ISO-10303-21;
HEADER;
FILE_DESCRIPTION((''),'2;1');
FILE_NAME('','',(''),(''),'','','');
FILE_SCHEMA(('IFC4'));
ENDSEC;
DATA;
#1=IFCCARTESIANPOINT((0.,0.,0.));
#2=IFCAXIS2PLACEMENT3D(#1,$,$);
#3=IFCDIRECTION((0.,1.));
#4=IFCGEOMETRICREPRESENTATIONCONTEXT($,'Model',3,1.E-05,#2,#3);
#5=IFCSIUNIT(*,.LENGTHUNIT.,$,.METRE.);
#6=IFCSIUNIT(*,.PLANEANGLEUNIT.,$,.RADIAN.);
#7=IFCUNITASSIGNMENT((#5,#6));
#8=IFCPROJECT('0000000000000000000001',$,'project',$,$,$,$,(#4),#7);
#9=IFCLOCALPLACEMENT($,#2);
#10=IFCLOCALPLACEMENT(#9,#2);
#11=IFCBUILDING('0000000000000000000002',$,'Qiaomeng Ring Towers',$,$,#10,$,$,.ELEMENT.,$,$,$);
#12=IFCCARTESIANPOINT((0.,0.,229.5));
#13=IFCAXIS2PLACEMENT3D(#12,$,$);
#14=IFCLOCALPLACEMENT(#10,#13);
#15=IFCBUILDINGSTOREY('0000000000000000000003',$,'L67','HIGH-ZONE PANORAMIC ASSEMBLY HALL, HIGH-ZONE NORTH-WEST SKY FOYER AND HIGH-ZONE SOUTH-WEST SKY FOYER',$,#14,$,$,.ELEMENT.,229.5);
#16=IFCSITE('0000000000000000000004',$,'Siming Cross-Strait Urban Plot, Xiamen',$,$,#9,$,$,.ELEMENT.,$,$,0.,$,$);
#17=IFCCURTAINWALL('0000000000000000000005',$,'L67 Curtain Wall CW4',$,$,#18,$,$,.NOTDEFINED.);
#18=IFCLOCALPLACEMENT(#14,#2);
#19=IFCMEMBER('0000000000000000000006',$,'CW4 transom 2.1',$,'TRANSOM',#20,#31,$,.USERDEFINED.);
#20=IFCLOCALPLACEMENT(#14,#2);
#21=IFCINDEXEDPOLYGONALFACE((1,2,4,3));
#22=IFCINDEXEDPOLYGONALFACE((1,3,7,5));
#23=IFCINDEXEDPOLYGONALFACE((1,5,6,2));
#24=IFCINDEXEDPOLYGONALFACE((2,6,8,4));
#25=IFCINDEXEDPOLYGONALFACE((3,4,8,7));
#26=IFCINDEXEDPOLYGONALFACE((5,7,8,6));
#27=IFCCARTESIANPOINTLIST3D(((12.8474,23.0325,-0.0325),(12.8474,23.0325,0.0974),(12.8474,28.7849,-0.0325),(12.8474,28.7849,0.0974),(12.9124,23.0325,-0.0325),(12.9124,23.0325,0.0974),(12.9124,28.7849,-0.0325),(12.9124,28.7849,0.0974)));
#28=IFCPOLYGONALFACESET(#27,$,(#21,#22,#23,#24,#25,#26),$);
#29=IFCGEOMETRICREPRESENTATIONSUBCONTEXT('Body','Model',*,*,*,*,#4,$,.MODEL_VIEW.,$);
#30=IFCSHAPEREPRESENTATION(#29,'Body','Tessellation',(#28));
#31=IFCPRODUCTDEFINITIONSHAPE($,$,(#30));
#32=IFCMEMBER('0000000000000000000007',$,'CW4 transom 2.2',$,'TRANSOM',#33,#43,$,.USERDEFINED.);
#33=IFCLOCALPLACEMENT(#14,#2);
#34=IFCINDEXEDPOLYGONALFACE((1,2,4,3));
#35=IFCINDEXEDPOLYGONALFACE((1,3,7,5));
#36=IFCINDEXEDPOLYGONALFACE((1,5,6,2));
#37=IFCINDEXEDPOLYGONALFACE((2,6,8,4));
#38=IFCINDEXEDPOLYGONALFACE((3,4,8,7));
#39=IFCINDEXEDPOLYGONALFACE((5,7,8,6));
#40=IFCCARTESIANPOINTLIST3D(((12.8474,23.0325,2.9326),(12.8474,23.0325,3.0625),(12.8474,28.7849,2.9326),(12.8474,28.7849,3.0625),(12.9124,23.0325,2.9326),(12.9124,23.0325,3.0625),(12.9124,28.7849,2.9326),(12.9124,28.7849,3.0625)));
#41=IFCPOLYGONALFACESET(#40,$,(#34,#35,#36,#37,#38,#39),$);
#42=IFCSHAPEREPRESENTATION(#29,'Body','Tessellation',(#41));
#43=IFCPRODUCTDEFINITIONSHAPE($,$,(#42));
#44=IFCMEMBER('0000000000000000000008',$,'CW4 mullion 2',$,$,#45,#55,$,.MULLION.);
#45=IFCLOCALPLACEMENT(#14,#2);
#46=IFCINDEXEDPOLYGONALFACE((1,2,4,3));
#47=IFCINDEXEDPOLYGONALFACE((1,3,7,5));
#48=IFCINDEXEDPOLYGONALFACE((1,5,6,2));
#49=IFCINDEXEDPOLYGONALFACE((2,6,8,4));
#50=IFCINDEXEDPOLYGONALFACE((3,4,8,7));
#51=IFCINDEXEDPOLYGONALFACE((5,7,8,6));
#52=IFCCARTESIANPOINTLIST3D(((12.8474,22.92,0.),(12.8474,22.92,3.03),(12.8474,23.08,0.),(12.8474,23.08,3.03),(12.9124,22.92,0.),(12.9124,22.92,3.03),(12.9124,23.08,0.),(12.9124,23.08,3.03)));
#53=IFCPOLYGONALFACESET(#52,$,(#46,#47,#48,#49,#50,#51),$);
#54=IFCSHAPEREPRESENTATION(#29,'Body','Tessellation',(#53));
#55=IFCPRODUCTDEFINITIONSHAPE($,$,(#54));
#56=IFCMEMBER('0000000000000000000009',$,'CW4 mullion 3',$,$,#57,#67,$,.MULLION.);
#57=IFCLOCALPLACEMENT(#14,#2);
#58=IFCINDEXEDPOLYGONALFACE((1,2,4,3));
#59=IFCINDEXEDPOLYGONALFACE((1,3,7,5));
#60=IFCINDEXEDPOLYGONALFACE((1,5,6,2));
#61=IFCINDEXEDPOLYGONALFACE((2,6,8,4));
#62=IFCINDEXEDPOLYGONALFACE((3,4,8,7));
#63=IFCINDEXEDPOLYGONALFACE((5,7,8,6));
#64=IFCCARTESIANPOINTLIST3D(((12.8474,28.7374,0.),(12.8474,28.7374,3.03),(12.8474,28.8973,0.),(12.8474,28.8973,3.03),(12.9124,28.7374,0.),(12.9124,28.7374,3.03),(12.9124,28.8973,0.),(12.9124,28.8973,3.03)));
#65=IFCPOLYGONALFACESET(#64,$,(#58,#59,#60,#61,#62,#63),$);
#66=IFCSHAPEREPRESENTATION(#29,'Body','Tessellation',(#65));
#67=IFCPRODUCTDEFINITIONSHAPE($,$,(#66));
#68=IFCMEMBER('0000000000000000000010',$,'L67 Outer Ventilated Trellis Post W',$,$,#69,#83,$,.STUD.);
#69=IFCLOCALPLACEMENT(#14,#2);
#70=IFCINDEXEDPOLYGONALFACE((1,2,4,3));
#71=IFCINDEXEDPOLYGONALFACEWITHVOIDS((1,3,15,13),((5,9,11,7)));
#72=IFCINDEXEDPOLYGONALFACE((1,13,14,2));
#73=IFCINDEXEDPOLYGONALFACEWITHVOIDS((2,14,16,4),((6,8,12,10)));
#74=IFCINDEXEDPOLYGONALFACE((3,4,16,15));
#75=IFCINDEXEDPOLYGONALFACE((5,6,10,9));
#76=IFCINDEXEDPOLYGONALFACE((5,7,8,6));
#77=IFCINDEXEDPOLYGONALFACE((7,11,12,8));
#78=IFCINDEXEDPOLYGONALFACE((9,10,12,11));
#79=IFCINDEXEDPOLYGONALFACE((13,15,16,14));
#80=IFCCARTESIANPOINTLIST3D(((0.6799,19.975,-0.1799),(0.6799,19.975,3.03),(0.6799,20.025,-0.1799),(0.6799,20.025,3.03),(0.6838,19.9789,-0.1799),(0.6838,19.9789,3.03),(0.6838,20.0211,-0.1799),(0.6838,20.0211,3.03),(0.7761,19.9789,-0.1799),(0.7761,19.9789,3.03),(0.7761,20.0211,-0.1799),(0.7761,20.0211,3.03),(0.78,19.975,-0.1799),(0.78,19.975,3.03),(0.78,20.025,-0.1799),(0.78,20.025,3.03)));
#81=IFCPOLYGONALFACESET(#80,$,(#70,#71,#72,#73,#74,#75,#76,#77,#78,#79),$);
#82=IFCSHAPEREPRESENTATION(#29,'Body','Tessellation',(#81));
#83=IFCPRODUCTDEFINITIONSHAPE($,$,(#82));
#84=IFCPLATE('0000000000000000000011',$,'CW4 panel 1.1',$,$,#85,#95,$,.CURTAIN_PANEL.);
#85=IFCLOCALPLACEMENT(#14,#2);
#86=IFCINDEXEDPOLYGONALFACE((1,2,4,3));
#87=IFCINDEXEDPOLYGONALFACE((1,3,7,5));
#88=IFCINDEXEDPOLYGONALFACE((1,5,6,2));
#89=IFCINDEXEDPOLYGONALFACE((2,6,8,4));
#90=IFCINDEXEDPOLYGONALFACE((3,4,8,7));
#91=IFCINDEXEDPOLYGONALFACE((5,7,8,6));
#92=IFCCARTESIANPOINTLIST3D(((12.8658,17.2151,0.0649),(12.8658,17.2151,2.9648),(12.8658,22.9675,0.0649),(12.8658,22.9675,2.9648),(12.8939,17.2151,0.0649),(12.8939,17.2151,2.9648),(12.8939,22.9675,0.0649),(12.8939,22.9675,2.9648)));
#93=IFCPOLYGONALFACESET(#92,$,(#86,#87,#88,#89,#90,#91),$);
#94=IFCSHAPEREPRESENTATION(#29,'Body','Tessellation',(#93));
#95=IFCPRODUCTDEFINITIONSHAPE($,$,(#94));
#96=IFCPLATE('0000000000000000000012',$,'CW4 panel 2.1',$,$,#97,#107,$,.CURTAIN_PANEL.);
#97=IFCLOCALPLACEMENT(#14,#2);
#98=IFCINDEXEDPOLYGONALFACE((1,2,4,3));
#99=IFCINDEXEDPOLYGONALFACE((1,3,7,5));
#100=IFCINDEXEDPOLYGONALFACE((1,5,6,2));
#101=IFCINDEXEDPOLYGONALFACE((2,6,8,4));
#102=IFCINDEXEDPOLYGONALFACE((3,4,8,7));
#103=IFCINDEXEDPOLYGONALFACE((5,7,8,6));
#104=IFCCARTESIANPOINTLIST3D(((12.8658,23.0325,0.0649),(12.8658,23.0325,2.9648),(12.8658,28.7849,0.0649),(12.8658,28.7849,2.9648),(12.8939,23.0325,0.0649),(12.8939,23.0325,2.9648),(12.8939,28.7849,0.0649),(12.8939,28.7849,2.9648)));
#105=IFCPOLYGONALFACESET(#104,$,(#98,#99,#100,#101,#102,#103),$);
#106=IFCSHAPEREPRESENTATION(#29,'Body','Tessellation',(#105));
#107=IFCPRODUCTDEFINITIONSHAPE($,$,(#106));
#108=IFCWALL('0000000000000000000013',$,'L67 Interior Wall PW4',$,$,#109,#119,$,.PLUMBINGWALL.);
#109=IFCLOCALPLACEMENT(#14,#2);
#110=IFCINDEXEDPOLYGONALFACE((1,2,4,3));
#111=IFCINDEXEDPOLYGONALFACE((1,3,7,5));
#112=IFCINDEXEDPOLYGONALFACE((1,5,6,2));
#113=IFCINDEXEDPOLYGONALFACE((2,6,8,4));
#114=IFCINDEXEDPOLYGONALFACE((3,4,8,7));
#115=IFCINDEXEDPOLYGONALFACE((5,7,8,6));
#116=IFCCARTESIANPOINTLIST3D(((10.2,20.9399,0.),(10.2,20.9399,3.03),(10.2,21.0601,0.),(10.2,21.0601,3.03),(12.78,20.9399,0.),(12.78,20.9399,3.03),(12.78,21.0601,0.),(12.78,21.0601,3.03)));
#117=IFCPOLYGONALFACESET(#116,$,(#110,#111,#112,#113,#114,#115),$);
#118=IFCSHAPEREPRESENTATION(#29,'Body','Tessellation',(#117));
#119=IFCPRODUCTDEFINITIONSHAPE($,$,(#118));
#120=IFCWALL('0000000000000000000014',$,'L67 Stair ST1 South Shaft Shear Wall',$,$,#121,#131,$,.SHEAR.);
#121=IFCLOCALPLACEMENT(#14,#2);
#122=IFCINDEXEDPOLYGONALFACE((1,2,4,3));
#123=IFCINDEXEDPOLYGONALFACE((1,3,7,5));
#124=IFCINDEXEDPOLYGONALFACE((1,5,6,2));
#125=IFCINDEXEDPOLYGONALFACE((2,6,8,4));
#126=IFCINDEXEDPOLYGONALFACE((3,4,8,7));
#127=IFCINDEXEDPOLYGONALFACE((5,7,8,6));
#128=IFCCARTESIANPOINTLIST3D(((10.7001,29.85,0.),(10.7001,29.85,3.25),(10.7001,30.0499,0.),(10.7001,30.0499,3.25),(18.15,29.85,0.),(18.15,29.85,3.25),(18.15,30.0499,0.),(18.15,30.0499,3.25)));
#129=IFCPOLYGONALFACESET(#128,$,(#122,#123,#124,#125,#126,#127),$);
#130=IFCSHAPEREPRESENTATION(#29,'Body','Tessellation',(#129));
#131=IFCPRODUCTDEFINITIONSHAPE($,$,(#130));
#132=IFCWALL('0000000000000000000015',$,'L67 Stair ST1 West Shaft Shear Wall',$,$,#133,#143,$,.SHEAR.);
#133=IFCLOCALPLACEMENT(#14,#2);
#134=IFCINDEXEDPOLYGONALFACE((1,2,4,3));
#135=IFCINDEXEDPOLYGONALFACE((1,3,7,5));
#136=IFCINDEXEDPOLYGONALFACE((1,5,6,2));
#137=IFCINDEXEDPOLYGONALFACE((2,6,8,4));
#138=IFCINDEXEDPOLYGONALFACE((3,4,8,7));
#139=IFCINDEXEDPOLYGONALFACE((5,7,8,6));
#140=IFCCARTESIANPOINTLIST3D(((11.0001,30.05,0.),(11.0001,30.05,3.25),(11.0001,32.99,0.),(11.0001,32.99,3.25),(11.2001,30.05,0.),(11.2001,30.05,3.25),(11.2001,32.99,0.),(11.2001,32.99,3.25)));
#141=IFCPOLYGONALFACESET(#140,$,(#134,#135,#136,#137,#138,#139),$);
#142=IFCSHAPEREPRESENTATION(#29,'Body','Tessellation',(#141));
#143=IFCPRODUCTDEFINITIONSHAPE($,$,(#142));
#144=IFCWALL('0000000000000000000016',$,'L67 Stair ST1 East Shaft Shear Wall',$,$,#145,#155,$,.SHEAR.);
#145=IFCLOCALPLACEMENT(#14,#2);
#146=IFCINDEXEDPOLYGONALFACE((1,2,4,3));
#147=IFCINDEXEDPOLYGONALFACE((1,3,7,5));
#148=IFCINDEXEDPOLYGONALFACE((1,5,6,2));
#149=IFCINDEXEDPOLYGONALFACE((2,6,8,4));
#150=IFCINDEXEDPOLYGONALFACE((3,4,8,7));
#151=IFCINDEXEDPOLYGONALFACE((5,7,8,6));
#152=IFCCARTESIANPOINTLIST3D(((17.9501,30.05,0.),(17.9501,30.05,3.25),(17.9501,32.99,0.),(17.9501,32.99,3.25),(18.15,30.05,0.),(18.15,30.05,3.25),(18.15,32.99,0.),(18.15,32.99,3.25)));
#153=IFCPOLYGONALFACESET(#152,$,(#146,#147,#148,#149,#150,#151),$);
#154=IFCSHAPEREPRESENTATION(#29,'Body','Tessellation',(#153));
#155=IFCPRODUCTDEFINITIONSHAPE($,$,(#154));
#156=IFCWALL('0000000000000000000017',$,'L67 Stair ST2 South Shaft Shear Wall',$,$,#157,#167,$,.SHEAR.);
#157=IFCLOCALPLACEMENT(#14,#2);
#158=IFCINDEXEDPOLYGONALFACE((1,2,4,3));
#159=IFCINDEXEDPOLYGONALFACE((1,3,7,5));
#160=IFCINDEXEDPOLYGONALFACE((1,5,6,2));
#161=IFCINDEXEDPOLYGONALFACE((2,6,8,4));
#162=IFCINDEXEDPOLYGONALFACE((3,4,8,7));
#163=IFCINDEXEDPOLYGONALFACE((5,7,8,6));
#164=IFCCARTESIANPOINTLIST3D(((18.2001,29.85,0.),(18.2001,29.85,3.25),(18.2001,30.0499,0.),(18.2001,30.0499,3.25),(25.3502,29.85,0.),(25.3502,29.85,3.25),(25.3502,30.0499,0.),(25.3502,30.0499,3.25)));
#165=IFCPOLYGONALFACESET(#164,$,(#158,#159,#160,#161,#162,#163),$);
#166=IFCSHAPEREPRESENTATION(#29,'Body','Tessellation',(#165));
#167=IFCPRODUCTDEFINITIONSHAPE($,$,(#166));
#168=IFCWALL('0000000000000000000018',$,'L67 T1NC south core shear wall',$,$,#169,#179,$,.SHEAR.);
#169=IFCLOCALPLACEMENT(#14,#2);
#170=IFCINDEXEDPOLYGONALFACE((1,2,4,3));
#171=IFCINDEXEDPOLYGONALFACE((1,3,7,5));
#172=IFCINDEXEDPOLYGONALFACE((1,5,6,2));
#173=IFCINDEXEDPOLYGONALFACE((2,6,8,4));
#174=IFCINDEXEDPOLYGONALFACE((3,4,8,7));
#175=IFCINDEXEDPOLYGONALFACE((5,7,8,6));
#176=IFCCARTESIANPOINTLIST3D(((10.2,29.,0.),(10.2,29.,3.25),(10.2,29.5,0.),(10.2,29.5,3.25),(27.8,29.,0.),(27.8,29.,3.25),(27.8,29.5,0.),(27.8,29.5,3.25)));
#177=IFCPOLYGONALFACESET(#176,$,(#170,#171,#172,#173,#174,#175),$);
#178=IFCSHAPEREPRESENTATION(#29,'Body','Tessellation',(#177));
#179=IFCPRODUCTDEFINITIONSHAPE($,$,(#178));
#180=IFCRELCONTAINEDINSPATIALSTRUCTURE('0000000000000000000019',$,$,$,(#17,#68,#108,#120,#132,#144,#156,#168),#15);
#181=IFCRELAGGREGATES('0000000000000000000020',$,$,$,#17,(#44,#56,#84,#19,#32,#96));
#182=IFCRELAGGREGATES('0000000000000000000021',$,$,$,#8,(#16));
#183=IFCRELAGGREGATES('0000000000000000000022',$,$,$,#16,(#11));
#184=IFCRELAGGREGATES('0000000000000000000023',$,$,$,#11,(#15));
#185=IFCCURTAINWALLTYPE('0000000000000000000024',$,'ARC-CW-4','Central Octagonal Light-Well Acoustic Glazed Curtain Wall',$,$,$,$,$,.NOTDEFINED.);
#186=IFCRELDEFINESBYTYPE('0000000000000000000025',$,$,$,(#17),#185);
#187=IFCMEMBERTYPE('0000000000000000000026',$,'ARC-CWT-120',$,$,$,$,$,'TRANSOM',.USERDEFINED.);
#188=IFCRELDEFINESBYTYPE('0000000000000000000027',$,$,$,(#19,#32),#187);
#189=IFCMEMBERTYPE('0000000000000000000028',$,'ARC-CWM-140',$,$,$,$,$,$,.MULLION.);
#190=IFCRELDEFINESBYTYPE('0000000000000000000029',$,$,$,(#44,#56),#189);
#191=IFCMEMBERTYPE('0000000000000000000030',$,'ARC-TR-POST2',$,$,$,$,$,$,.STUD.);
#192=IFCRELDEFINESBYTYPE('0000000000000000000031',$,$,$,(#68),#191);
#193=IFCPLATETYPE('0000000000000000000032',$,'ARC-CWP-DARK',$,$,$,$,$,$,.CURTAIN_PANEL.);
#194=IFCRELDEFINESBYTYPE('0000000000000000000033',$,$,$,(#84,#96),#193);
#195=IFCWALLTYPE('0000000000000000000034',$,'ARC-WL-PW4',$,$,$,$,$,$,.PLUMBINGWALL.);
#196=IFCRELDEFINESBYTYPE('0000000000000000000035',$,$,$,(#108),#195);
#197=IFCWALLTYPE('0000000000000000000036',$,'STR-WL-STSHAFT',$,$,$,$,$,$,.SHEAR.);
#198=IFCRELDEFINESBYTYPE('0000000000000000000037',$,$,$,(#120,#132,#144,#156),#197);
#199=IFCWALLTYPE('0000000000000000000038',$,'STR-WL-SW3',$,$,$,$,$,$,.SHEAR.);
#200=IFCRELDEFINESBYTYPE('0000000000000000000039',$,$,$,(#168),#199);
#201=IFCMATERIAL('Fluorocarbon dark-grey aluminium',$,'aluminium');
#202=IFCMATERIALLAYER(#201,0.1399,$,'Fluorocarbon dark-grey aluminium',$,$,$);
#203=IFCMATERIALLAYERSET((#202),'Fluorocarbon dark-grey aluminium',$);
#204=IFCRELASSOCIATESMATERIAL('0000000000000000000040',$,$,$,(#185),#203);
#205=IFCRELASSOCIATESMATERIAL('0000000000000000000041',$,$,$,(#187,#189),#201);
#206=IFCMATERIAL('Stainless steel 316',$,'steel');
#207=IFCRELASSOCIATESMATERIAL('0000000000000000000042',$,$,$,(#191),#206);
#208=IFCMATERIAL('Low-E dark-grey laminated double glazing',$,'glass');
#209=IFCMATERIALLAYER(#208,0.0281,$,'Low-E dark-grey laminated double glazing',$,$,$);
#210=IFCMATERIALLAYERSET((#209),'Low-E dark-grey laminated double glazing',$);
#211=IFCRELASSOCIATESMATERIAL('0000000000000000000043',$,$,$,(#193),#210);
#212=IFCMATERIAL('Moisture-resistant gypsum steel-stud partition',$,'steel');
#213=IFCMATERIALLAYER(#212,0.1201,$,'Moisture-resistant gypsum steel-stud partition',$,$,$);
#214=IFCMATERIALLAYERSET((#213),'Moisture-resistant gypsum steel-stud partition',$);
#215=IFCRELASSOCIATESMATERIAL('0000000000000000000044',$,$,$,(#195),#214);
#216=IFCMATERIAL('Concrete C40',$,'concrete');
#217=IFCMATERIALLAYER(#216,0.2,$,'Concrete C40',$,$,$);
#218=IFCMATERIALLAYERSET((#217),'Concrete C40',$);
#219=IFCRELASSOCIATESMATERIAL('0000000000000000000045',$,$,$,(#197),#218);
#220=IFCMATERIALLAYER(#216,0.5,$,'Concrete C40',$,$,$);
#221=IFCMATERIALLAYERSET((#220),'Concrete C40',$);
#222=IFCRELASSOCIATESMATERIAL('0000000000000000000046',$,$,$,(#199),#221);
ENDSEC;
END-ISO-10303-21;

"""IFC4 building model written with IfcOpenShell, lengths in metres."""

from ifc_helpers import new_model, si_unit, direction, frame, frame_2d, origin, origin_2d, place, context, subcontext, project, spatial, rectangle, hollow_rectangle, extrude, source, transform, mapped, material, layer, layer_set, material_profile, profile_set, type_object, element, aggregate, save


model = new_model("IFC4")

# Units and contexts
model_context = context("Model", 3, precision=1e-05, world=origin(), true_north=direction((0.0, 1.0)))
body_context = subcontext(model_context, "Body", "Model", "MODEL_VIEW")
ifc_project = project(units=[si_unit("LENGTHUNIT", "METRE"), si_unit("PLANEANGLEUNIT", "RADIAN")], contexts=[model_context])

# Site, building, storey
site_placement = place(None, origin())
site = spatial("IfcSite", under=ifc_project, at=site_placement, Name="Siming Cross-Strait Urban Plot, Xiamen", CompositionType="ELEMENT", RefElevation=0.0)
building_placement = place(site_placement, origin())
building = spatial("IfcBuilding", under=site, at=building_placement, Name="Qiaomeng Ring Towers", CompositionType="ELEMENT")
storey_placement = place(building_placement, frame((0.0, 0.0, 229.5)))
storey = spatial("IfcBuildingStorey", under=building, at=storey_placement, Name="L67", Description="HIGH-ZONE PANORAMIC ASSEMBLY HALL, HIGH-ZONE NORTH-WEST SKY FOYER AND HIGH-ZONE SOUTH-WEST SKY FOYER", CompositionType="ELEMENT", Elevation=229.5)

# Shared definitions
ifc_material_1 = material(Name="Concrete C40", Category="concrete")

# Curtain wall, members
ifc_material_2 = material(Name="Fluorocarbon dark-grey aluminium", Category="aluminium")
ifc_layer_1 = layer(ifc_material_2, 0.1399, Name="Fluorocarbon dark-grey aluminium")
ifc_layer_set_1 = layer_set([ifc_layer_1], Name="Fluorocarbon dark-grey aluminium")
curtain_wall_type = type_object("IfcCurtainWallType", Name="ARC-CW-4", Description="Central Octagonal Light-Well Acoustic Glazed Curtain Wall", PredefinedType="NOTDEFINED", material=ifc_layer_set_1)
curtain_wall_placement = place(storey_placement, origin())
curtain_wall = element("IfcCurtainWall", 1, at=curtain_wall_placement, inside=storey, type_object=curtain_wall_type, Name="L67 Curtain Wall CW4", PredefinedType="NOTDEFINED")
ifc_material_profile_1 = material_profile(ifc_material_2, rectangle(XDim=0.0649, YDim=0.1299, at=origin_2d()), Name="ALU TRAN 65x130")
ifc_profile_set_1 = profile_set([ifc_material_profile_1], Name="Fluorocarbon dark-grey aluminium")
member_type_1 = type_object("IfcMemberType", Name="ARC-CWT-120", ElementType="TRANSOM", PredefinedType="USERDEFINED", material=ifc_profile_set_1)
shared_shape_1 = source(origin(), body_context, "Body", "SweptSolid", [
    extrude(rectangle(XDim=0.0649, YDim=0.1299, at=origin_2d()), origin(), (0.0, 0.0, 1.0), 5.7524),
])
member_1_placement = place(storey_placement, frame((12.8799, 23.0325, 0.0325), z_axis=(0.0, 1.0, 0.0), x_axis=(-1.0, 0.0, 0.0)))
member_1 = element("IfcMember", 2, at=member_1_placement, type_object=member_type_1, Name="CW4 transom 2.1", ObjectType="TRANSOM", PredefinedType="USERDEFINED", context=body_context, shape_type="MappedRepresentation", body=[
    mapped(shared_shape_1, transform((0.0, 0.0, 0.0), x_axis=(1.0, 0.0, 0.0), y_axis=(0.0, 1.0, 0.0), z_axis=(0.0, 0.0, 1.0), scale=1.0)),
])
member_2_placement = place(storey_placement, frame((12.8799, 23.0325, 2.9976), z_axis=(0.0, 1.0, 0.0), x_axis=(-1.0, 0.0, 0.0)))
member_2 = element("IfcMember", 3, at=member_2_placement, type_object=member_type_1, Name="CW4 transom 2.2", ObjectType="TRANSOM", PredefinedType="USERDEFINED", context=body_context, shape_type="MappedRepresentation", body=[
    mapped(shared_shape_1, transform((0.0, 0.0, 0.0), x_axis=(1.0, 0.0, 0.0), y_axis=(0.0, 1.0, 0.0), z_axis=(0.0, 0.0, 1.0), scale=1.0)),
])
ifc_material_profile_2 = material_profile(ifc_material_2, rectangle(XDim=0.0649, YDim=0.1599, at=origin_2d()), Name="ALU MULL 65x160")
ifc_profile_set_2 = profile_set([ifc_material_profile_2], Name="Fluorocarbon dark-grey aluminium")
member_type_2 = type_object("IfcMemberType", Name="ARC-CWM-140", PredefinedType="MULLION", material=ifc_profile_set_2)
shared_shape_2 = source(origin(), body_context, "Body", "SweptSolid", [
    extrude(rectangle(XDim=0.0649, YDim=0.1599, at=origin_2d()), origin(), (0.0, 0.0, 1.0), 3.03),
])
member_3_placement = place(storey_placement, frame((12.8799, 23.0, 0.0), z_axis=(0.0, 0.0, 1.0), x_axis=(-1.0, 0.0, 0.0)))
member_3 = element("IfcMember", 4, at=member_3_placement, type_object=member_type_2, Name="CW4 mullion 2", PredefinedType="MULLION", context=body_context, shape_type="MappedRepresentation", body=[
    mapped(shared_shape_2, transform((0.0, 0.0, 0.0), x_axis=(1.0, 0.0, 0.0), y_axis=(0.0, 1.0, 0.0), z_axis=(0.0, 0.0, 1.0), scale=1.0)),
])
member_4_placement = place(storey_placement, frame((12.8799, 28.8174, 0.0), z_axis=(0.0, 0.0, 1.0), x_axis=(-1.0, 0.0, 0.0)))
member_4 = element("IfcMember", 5, at=member_4_placement, type_object=member_type_2, Name="CW4 mullion 3", PredefinedType="MULLION", context=body_context, shape_type="MappedRepresentation", body=[
    mapped(shared_shape_2, transform((0.0, 0.0, 0.0), x_axis=(1.0, 0.0, 0.0), y_axis=(0.0, 1.0, 0.0), z_axis=(0.0, 0.0, 1.0), scale=1.0)),
])

# Member
ifc_material_3 = material(Name="Stainless steel 316", Category="steel")
ifc_material_profile_3 = material_profile(ifc_material_3, hollow_rectangle(XDim=0.05, YDim=0.1001, WallThickness=0.0039, at=origin_2d()), Name="SS TRELLIS 100x50")
ifc_profile_set_3 = profile_set([ifc_material_profile_3], Name="Stainless steel 316")
member_type_3 = type_object("IfcMemberType", Name="ARC-TR-POST2", PredefinedType="STUD", material=ifc_profile_set_3)
shared_shape_3 = source(origin(), body_context, "Body", "SweptSolid", [
    extrude(hollow_rectangle(XDim=0.05, YDim=0.1001, WallThickness=0.0039, at=origin_2d()), origin(), (0.0, 0.0, 1.0), 3.21),
])
member_5_placement = place(storey_placement, frame((0.73, 20.0, -0.1799), z_axis=(0.0, 0.0, 1.0), x_axis=(0.0, 1.0, 0.0)))
element("IfcMember", 6, at=member_5_placement, inside=storey, type_object=member_type_3, Name="L67 Outer Ventilated Trellis Post W", PredefinedType="STUD", context=body_context, shape_type="MappedRepresentation", body=[
    mapped(shared_shape_3, transform((0.0, 0.0, 0.0), x_axis=(1.0, 0.0, 0.0), y_axis=(0.0, 1.0, 0.0), z_axis=(0.0, 0.0, 1.0), scale=1.0)),
])

# Plates
ifc_material_4 = material(Name="Low-E dark-grey laminated double glazing", Category="glass")
ifc_layer_2 = layer(ifc_material_4, 0.0281, Name="Low-E dark-grey laminated double glazing")
ifc_layer_set_2 = layer_set([ifc_layer_2], Name="Low-E dark-grey laminated double glazing")
plate_type = type_object("IfcPlateType", Name="ARC-CWP-DARK", PredefinedType="CURTAIN_PANEL", material=ifc_layer_set_2)
shared_shape_4 = source(origin(), body_context, "Body", "SweptSolid", [
    extrude(rectangle(XDim=5.7524, YDim=0.0281, at=origin_2d()), origin(), (0.0, 0.0, 1.0), 2.8999),
])
plate_1_placement = place(storey_placement, frame((12.8799, 20.0913, 0.0649), z_axis=(0.0, 0.0, 1.0), x_axis=(0.0, 1.0, 0.0)))
plate_1 = element("IfcPlate", 7, at=plate_1_placement, type_object=plate_type, Name="CW4 panel 1.1", PredefinedType="CURTAIN_PANEL", context=body_context, shape_type="MappedRepresentation", body=[
    mapped(shared_shape_4, transform((0.0, 0.0, 0.0), x_axis=(1.0, 0.0, 0.0), y_axis=(0.0, 1.0, 0.0), z_axis=(0.0, 0.0, 1.0), scale=1.0)),
])
plate_2_placement = place(storey_placement, frame((12.8799, 25.9087, 0.0649), z_axis=(0.0, 0.0, 1.0), x_axis=(0.0, 1.0, 0.0)))
plate_2 = element("IfcPlate", 8, at=plate_2_placement, type_object=plate_type, Name="CW4 panel 2.1", PredefinedType="CURTAIN_PANEL", context=body_context, shape_type="MappedRepresentation", body=[
    mapped(shared_shape_4, transform((0.0, 0.0, 0.0), x_axis=(1.0, 0.0, 0.0), y_axis=(0.0, 1.0, 0.0), z_axis=(0.0, 0.0, 1.0), scale=1.0)),
])
aggregate(curtain_wall, [member_3, member_4, plate_1, member_1, member_2, plate_2])

# Walls
ifc_material_5 = material(Name="Moisture-resistant gypsum steel-stud partition", Category="steel")
ifc_layer_3 = layer(ifc_material_5, 0.1201, Name="Moisture-resistant gypsum steel-stud partition")
ifc_layer_set_3 = layer_set([ifc_layer_3], Name="Moisture-resistant gypsum steel-stud partition")
wall_type_1 = type_object("IfcWallType", Name="ARC-WL-PW4", PredefinedType="PLUMBINGWALL", material=ifc_layer_set_3)
wall_1_placement = place(storey_placement, frame((10.2, 21.0, 0.0), z_axis=(0.0, 0.0, 1.0), x_axis=(1.0, 0.0, 0.0)))
element("IfcWall", 9, at=wall_1_placement, inside=storey, type_object=wall_type_1, Name="L67 Interior Wall PW4", PredefinedType="PLUMBINGWALL", context=body_context, shape_type="SweptSolid", body=[
    extrude(rectangle(XDim=2.5801, YDim=0.1201, at=frame_2d((1.29, 0.0))), origin(), (0.0, 0.0, 1.0), 3.03),
])
ifc_layer_4 = layer(ifc_material_1, 0.2, Name="Concrete C40")
ifc_layer_set_4 = layer_set([ifc_layer_4], Name="Concrete C40")
wall_type_2 = type_object("IfcWallType", Name="STR-WL-STSHAFT", PredefinedType="SHEAR", material=ifc_layer_set_4)
wall_2_placement = place(storey_placement, frame((10.7, 29.95, 0.0), z_axis=(0.0, 0.0, 1.0), x_axis=(1.0, 0.0, 0.0)))
element("IfcWall", 10, at=wall_2_placement, inside=storey, type_object=wall_type_2, Name="L67 Stair ST1 South Shaft Shear Wall", PredefinedType="SHEAR", context=body_context, shape_type="SweptSolid", body=[
    extrude(rectangle(XDim=7.45, YDim=0.2, at=frame_2d((3.7251, 0.0))), origin(), (0.0, 0.0, 1.0), 3.25),
])
for number, where, z_axis, x_axis, name in (
    (11, (11.1001, 30.05, 0.0), (0.0, 0.0, 1.0), (0.0, 1.0, 0.0), "L67 Stair ST1 West Shaft Shear Wall"),
    (12, (18.05, 30.05, 0.0), (0.0, 0.0, 1.0), (0.0, 1.0, 0.0), "L67 Stair ST1 East Shaft Shear Wall"),
):
    element("IfcWall", number, at=place(storey_placement, frame(where, z_axis=z_axis, x_axis=x_axis)), inside=storey, type_object=wall_type_2, Name=name, PredefinedType="SHEAR", context=body_context, shape_type="SweptSolid", body=[
        extrude(rectangle(XDim=2.9399, YDim=0.2, at=frame_2d((1.47, 0.0))), origin(), (0.0, 0.0, 1.0), 3.25),
    ])
wall_3_placement = place(storey_placement, frame((18.2, 29.95, 0.0), z_axis=(0.0, 0.0, 1.0), x_axis=(1.0, 0.0, 0.0)))
element("IfcWall", 13, at=wall_3_placement, inside=storey, type_object=wall_type_2, Name="L67 Stair ST2 South Shaft Shear Wall", PredefinedType="SHEAR", context=body_context, shape_type="SweptSolid", body=[
    extrude(rectangle(XDim=7.1501, YDim=0.2, at=frame_2d((3.5752, 0.0))), origin(), (0.0, 0.0, 1.0), 3.25),
])
ifc_layer_5 = layer(ifc_material_1, 0.5, Name="Concrete C40")
ifc_layer_set_5 = layer_set([ifc_layer_5], Name="Concrete C40")
wall_type_3 = type_object("IfcWallType", Name="STR-WL-SW3", PredefinedType="SHEAR", material=ifc_layer_set_5)
wall_4_placement = place(storey_placement, frame((10.2, 29.25, 0.0), z_axis=(0.0, 0.0, 1.0), x_axis=(1.0, 0.0, 0.0)))
element("IfcWall", 14, at=wall_4_placement, inside=storey, type_object=wall_type_3, Name="L67 T1NC south core shear wall", PredefinedType="SHEAR", context=body_context, shape_type="SweptSolid", body=[
    extrude(rectangle(XDim=17.6001, YDim=0.5, at=frame_2d((8.8, 0.0))), origin(), (0.0, 0.0, 1.0), 3.25),
])

save(model, "model.ifc")
